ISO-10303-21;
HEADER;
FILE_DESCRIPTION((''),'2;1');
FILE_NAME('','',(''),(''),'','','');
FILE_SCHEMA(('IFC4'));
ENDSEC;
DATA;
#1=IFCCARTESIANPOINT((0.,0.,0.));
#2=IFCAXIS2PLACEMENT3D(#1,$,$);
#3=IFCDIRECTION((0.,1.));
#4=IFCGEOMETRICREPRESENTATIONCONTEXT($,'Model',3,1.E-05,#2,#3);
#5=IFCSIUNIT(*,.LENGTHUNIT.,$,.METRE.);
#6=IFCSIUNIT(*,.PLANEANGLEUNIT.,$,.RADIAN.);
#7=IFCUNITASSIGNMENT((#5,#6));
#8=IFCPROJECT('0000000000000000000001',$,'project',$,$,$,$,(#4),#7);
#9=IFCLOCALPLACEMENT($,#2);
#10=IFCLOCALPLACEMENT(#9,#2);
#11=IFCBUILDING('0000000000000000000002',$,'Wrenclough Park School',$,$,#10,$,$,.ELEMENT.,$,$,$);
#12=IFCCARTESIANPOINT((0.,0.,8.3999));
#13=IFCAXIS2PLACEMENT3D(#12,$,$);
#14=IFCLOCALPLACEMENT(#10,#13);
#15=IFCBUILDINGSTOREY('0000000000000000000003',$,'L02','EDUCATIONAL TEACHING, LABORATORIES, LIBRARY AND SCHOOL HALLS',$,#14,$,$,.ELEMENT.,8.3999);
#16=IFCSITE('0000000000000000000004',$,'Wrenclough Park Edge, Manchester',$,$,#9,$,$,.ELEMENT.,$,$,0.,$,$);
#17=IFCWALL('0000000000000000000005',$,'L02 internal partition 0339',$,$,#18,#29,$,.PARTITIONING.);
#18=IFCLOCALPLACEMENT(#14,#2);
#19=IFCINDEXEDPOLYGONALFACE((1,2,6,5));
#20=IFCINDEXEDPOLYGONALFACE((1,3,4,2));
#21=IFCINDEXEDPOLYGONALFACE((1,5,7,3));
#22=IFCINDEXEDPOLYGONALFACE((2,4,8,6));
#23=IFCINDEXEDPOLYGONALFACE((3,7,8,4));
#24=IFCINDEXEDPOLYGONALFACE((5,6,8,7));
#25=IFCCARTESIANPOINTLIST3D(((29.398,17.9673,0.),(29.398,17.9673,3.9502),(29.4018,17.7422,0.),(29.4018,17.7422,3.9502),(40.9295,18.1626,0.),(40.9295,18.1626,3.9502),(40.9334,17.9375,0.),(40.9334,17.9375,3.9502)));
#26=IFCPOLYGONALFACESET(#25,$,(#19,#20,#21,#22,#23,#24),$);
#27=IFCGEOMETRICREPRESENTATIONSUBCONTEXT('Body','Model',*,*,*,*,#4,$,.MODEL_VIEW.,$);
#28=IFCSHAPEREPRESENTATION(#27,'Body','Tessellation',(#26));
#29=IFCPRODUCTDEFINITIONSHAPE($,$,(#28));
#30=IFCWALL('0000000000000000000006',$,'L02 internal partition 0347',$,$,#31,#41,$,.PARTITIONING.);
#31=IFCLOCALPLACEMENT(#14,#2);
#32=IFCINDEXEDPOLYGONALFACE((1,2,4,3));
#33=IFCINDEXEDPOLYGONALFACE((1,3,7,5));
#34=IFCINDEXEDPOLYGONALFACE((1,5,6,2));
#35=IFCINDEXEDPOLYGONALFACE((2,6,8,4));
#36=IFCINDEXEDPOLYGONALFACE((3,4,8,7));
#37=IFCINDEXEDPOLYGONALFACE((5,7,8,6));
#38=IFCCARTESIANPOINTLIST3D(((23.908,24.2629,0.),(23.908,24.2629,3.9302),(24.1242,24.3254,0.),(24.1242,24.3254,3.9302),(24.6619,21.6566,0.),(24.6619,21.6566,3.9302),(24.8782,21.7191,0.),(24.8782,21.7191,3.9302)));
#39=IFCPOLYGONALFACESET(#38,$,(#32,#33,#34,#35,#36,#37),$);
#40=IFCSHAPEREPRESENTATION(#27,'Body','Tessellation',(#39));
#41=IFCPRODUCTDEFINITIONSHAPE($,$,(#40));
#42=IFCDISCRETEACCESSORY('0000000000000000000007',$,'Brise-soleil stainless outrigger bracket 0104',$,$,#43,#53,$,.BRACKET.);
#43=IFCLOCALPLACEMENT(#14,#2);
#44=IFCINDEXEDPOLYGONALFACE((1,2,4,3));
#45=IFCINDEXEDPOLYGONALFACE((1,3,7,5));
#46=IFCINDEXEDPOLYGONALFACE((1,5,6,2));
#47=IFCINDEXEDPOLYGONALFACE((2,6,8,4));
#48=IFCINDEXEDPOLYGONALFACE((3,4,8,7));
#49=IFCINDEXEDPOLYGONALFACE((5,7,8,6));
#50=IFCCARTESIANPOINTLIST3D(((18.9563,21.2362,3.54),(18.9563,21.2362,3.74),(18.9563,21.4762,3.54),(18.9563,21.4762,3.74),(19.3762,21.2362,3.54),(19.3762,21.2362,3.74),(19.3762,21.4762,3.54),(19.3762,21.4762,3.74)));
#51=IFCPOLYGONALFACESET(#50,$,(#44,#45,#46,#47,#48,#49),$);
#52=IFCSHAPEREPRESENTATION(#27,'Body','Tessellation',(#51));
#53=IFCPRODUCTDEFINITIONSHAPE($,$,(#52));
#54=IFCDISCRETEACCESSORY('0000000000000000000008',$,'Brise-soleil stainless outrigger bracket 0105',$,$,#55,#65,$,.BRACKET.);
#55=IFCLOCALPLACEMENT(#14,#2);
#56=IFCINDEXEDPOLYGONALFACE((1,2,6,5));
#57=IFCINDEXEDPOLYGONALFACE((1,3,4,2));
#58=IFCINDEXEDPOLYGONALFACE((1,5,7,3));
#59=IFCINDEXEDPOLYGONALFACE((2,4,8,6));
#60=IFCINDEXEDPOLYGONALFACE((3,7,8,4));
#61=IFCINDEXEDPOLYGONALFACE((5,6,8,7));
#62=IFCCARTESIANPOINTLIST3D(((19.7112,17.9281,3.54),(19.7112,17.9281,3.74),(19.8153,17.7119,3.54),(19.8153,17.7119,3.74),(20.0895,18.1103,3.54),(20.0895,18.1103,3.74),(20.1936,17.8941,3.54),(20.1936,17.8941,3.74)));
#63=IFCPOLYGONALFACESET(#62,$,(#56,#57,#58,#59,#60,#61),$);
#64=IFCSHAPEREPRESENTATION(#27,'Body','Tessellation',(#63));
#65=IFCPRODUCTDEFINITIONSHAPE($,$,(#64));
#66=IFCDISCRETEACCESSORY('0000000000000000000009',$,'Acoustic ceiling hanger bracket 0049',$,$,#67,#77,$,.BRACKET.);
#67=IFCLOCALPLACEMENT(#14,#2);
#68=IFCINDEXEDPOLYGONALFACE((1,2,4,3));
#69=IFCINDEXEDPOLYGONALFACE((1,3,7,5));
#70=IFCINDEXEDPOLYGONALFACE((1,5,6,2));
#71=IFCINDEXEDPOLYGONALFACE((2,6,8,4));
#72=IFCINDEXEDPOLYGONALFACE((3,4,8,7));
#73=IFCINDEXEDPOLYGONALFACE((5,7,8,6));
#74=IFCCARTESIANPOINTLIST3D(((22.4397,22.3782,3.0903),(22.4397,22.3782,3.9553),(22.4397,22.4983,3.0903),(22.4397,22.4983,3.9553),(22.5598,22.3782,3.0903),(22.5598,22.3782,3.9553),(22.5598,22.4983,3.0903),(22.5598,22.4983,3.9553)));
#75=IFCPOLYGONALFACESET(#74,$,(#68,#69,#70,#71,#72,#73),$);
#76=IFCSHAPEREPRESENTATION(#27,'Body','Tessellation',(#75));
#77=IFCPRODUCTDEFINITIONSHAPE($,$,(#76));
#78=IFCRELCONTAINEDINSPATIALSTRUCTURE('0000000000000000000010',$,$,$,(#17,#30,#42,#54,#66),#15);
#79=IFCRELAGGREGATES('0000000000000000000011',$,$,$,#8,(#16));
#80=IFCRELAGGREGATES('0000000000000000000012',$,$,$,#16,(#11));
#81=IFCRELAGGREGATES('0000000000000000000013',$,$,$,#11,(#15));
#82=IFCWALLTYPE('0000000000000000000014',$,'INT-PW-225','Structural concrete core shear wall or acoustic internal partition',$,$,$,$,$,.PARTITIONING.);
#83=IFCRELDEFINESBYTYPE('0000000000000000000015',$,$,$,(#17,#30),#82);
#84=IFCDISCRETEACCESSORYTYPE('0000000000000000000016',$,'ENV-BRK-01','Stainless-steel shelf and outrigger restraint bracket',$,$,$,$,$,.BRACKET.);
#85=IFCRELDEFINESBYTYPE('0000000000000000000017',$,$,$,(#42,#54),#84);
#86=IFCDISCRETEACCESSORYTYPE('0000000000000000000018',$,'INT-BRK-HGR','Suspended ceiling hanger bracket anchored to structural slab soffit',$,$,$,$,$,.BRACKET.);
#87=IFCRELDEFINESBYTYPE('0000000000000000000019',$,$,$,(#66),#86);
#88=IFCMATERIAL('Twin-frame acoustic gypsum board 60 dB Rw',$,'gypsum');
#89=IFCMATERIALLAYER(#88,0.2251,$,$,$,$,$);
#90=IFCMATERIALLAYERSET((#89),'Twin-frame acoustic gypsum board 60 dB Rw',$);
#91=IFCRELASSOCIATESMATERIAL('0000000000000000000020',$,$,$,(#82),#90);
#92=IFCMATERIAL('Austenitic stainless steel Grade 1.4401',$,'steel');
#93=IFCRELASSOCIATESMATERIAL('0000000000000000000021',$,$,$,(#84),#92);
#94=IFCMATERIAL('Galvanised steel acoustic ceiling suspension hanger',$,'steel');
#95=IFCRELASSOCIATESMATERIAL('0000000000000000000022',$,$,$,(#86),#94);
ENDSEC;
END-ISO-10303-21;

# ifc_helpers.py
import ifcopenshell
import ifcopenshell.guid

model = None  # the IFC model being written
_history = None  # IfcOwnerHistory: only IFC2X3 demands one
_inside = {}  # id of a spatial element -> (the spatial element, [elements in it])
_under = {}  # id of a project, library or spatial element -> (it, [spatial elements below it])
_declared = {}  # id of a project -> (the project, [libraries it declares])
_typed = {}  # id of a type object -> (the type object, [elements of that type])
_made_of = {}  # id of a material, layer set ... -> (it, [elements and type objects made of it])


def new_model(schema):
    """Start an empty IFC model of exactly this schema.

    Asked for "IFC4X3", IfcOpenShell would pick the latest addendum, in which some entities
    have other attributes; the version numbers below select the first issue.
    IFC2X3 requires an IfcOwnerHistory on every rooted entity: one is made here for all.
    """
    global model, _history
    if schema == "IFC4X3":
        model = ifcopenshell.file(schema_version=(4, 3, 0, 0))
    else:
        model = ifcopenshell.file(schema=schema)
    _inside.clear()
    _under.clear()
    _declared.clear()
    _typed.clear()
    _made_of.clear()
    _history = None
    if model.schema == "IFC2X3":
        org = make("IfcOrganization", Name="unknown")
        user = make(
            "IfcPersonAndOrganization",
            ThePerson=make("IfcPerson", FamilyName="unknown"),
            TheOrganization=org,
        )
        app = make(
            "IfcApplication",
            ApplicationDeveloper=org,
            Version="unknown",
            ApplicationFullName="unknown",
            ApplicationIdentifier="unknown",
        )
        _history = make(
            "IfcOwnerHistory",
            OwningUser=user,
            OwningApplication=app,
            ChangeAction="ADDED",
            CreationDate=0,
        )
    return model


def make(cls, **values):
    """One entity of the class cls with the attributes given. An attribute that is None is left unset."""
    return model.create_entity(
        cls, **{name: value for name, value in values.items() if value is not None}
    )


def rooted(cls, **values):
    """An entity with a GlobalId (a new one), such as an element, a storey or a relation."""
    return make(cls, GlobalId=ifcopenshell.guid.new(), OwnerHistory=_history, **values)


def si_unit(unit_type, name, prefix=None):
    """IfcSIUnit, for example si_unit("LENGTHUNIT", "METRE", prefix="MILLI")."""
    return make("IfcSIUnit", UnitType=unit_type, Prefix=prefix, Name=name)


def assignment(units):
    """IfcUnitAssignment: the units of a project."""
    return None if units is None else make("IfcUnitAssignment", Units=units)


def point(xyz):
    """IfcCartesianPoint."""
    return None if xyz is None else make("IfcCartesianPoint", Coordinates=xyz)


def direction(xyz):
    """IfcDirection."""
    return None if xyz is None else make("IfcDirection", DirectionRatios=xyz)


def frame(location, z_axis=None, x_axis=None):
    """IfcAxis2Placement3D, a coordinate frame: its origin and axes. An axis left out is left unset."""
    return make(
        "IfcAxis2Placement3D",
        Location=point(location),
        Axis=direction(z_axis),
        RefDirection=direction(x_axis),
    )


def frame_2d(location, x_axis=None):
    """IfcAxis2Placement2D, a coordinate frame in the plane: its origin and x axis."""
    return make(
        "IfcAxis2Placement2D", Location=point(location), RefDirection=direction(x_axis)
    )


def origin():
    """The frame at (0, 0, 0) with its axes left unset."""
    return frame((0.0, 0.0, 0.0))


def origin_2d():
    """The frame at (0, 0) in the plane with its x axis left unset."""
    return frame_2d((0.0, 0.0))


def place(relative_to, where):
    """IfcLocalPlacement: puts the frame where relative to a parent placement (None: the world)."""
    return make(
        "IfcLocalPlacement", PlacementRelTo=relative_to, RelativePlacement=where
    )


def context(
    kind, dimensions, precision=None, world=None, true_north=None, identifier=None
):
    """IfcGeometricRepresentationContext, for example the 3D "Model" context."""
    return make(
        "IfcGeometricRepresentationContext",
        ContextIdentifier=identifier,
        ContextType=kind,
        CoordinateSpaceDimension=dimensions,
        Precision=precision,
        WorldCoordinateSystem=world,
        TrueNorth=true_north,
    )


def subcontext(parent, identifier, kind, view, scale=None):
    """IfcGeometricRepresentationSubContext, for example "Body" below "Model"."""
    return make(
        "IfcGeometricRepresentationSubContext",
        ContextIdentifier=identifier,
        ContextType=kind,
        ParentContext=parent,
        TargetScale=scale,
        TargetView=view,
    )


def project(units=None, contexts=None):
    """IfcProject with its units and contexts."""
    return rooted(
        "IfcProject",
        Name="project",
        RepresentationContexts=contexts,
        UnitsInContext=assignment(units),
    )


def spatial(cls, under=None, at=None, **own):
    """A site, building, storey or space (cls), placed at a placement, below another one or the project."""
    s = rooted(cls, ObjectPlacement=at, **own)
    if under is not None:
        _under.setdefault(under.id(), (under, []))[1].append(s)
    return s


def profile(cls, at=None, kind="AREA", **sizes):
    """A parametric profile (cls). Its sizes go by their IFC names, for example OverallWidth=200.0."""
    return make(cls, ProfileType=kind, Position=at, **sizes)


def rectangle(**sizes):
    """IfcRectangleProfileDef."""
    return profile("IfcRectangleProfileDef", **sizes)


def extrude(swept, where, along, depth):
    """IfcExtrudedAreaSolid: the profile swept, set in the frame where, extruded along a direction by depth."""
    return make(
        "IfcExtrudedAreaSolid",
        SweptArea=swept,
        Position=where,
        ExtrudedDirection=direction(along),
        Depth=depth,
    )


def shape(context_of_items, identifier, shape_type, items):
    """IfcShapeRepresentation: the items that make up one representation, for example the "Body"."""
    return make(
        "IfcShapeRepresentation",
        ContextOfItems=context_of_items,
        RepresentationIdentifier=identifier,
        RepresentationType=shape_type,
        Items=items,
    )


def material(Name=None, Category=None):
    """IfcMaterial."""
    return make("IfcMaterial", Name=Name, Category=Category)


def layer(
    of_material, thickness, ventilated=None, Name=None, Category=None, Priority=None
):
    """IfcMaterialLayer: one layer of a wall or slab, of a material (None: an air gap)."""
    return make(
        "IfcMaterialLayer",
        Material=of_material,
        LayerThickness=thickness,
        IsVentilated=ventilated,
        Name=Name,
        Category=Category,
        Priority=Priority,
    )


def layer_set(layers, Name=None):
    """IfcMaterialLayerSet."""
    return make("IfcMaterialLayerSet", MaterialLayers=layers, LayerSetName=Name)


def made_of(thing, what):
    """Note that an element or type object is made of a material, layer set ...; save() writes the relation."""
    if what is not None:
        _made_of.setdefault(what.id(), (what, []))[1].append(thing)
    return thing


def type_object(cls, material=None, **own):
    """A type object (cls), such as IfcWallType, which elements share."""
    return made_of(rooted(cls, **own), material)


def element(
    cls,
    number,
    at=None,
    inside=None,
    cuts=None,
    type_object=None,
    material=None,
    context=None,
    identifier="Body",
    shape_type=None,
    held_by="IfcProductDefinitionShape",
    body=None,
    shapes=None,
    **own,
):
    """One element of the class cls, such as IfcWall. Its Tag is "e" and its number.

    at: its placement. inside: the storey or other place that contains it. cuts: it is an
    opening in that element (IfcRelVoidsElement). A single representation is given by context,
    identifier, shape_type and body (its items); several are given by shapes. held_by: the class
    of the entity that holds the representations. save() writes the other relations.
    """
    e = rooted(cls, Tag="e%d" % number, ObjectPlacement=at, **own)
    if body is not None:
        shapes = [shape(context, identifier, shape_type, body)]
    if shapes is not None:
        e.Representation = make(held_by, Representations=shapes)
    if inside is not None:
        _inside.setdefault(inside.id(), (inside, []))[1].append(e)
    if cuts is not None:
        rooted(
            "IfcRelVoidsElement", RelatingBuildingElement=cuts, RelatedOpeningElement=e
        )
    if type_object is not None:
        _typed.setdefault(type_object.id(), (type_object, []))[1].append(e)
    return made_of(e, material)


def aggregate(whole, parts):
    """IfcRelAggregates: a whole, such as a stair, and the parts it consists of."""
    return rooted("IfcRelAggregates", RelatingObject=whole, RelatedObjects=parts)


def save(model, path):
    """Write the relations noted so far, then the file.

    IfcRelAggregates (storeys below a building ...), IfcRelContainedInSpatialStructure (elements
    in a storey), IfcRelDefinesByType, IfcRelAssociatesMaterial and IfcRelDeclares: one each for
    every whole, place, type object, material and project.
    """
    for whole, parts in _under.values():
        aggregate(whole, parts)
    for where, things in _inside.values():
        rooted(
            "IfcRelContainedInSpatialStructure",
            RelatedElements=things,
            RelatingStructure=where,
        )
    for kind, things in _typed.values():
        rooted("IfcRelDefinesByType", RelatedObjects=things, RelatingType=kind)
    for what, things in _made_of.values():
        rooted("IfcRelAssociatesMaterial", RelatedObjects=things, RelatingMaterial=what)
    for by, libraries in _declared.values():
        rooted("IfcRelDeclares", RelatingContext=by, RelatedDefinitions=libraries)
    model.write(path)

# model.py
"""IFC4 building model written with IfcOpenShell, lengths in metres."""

from ifc_helpers import new_model, si_unit, direction, frame, frame_2d, origin, origin_2d, place, context, subcontext, project, spatial, rectangle, extrude, material, layer, layer_set, type_object, element, save


model = new_model("IFC4")

# Units and contexts
model_context = context("Model", 3, precision=1e-05, world=origin(), true_north=direction((0.0, 1.0)))
body_context = subcontext(model_context, "Body", "Model", "MODEL_VIEW")
ifc_project = project(units=[si_unit("LENGTHUNIT", "METRE"), si_unit("PLANEANGLEUNIT", "RADIAN")], contexts=[model_context])

# Site, building, storey
site_placement = place(None, origin())
site = spatial("IfcSite", under=ifc_project, at=site_placement, Name="Wrenclough Park Edge, Manchester", CompositionType="ELEMENT", RefElevation=0.0)
building_placement = place(site_placement, origin())
building = spatial("IfcBuilding", under=site, at=building_placement, Name="Wrenclough Park School", CompositionType="ELEMENT")
storey_placement = place(building_placement, frame((0.0, 0.0, 8.3999)))
storey = spatial("IfcBuildingStorey", under=building, at=storey_placement, Name="L02", Description="EDUCATIONAL TEACHING, LABORATORIES, LIBRARY AND SCHOOL HALLS", CompositionType="ELEMENT", Elevation=8.3999)

# Shared definitions
ifc_material_1 = material(Name="Twin-frame acoustic gypsum board 60 dB Rw", Category="gypsum")
ifc_layer_1 = layer(ifc_material_1, 0.2251)
ifc_layer_set_1 = layer_set([ifc_layer_1], Name="Twin-frame acoustic gypsum board 60 dB Rw")
wall_type_1 = type_object("IfcWallType", Name="INT-PW-225", Description="Structural concrete core shear wall or acoustic internal partition", PredefinedType="PARTITIONING", material=ifc_layer_set_1)

# Walls
wall_1_placement = place(storey_placement, frame((29.3999, 17.8547, 0.0), z_axis=(0.0, 0.0, 1.0), x_axis=(0.999857, 0.016935, 0.0)))
element("IfcWall", 1, at=wall_1_placement, inside=storey, type_object=wall_type_1, Name="L02 internal partition 0339", PredefinedType="PARTITIONING", context=body_context, shape_type="SweptSolid", body=[
    extrude(rectangle(XDim=11.5332, YDim=0.2251, at=frame_2d((5.7666, 0.0))), origin(), (0.0, 0.0, 1.0), 3.9502),
])
wall_2_placement = place(storey_placement, frame((24.77, 21.688, 0.0), z_axis=(0.0, 0.0, 1.0), x_axis=(-0.277881, 0.960615, 0.0)))
element("IfcWall", 2, at=wall_2_placement, inside=storey, type_object=wall_type_1, Name="L02 internal partition 0347", PredefinedType="PARTITIONING", context=body_context, shape_type="SweptSolid", body=[
    extrude(rectangle(XDim=2.7131, YDim=0.2251, at=frame_2d((1.3564, 0.0))), origin(), (0.0, 0.0, 1.0), 3.9302),
])

# Discrete accessories
ifc_material_2 = material(Name="Austenitic stainless steel Grade 1.4401", Category="steel")
discrete_accessory_type_1 = type_object("IfcDiscreteAccessoryType", Name="ENV-BRK-01", Description="Stainless-steel shelf and outrigger restraint bracket", PredefinedType="BRACKET", material=ifc_material_2)
for number, where, z_axis, x_axis, name in (
    (3, (19.1663, 21.3562, 3.54), (0.0, 0.0, 1.0), (0.0, -1.0, 0.0), "Brise-soleil stainless outrigger bracket 0104"),
    (4, (19.9524, 17.9111, 3.54), (0.0, 0.0, 1.0), (0.433883, -0.900969, 0.0), "Brise-soleil stainless outrigger bracket 0105"),
):
    element("IfcDiscreteAccessory", number, at=place(storey_placement, frame(where, z_axis=z_axis, x_axis=x_axis)), inside=storey, type_object=discrete_accessory_type_1, Name=name, PredefinedType="BRACKET", context=body_context, shape_type="SweptSolid", body=[
        extrude(rectangle(XDim=0.24, YDim=0.4199, at=origin_2d()), origin(), (0.0, 0.0, 1.0), 0.2),
    ])
ifc_material_3 = material(Name="Galvanised steel acoustic ceiling suspension hanger", Category="steel")
discrete_accessory_type_2 = type_object("IfcDiscreteAccessoryType", Name="INT-BRK-HGR", Description="Suspended ceiling hanger bracket anchored to structural slab soffit", PredefinedType="BRACKET", material=ifc_material_3)
discrete_accessory_placement = place(storey_placement, frame((22.4998, 22.4382, 3.0903), z_axis=(0.0, 0.0, 1.0), x_axis=(1.0, 0.0, 0.0)))
element("IfcDiscreteAccessory", 5, at=discrete_accessory_placement, inside=storey, type_object=discrete_accessory_type_2, Name="Acoustic ceiling hanger bracket 0049", PredefinedType="BRACKET", context=body_context, shape_type="SweptSolid", body=[
    extrude(rectangle(XDim=0.1201, YDim=0.1201, at=origin_2d()), origin(), (0.0, 0.0, 1.0), 0.865),
])

save(model, "model.ifc")
